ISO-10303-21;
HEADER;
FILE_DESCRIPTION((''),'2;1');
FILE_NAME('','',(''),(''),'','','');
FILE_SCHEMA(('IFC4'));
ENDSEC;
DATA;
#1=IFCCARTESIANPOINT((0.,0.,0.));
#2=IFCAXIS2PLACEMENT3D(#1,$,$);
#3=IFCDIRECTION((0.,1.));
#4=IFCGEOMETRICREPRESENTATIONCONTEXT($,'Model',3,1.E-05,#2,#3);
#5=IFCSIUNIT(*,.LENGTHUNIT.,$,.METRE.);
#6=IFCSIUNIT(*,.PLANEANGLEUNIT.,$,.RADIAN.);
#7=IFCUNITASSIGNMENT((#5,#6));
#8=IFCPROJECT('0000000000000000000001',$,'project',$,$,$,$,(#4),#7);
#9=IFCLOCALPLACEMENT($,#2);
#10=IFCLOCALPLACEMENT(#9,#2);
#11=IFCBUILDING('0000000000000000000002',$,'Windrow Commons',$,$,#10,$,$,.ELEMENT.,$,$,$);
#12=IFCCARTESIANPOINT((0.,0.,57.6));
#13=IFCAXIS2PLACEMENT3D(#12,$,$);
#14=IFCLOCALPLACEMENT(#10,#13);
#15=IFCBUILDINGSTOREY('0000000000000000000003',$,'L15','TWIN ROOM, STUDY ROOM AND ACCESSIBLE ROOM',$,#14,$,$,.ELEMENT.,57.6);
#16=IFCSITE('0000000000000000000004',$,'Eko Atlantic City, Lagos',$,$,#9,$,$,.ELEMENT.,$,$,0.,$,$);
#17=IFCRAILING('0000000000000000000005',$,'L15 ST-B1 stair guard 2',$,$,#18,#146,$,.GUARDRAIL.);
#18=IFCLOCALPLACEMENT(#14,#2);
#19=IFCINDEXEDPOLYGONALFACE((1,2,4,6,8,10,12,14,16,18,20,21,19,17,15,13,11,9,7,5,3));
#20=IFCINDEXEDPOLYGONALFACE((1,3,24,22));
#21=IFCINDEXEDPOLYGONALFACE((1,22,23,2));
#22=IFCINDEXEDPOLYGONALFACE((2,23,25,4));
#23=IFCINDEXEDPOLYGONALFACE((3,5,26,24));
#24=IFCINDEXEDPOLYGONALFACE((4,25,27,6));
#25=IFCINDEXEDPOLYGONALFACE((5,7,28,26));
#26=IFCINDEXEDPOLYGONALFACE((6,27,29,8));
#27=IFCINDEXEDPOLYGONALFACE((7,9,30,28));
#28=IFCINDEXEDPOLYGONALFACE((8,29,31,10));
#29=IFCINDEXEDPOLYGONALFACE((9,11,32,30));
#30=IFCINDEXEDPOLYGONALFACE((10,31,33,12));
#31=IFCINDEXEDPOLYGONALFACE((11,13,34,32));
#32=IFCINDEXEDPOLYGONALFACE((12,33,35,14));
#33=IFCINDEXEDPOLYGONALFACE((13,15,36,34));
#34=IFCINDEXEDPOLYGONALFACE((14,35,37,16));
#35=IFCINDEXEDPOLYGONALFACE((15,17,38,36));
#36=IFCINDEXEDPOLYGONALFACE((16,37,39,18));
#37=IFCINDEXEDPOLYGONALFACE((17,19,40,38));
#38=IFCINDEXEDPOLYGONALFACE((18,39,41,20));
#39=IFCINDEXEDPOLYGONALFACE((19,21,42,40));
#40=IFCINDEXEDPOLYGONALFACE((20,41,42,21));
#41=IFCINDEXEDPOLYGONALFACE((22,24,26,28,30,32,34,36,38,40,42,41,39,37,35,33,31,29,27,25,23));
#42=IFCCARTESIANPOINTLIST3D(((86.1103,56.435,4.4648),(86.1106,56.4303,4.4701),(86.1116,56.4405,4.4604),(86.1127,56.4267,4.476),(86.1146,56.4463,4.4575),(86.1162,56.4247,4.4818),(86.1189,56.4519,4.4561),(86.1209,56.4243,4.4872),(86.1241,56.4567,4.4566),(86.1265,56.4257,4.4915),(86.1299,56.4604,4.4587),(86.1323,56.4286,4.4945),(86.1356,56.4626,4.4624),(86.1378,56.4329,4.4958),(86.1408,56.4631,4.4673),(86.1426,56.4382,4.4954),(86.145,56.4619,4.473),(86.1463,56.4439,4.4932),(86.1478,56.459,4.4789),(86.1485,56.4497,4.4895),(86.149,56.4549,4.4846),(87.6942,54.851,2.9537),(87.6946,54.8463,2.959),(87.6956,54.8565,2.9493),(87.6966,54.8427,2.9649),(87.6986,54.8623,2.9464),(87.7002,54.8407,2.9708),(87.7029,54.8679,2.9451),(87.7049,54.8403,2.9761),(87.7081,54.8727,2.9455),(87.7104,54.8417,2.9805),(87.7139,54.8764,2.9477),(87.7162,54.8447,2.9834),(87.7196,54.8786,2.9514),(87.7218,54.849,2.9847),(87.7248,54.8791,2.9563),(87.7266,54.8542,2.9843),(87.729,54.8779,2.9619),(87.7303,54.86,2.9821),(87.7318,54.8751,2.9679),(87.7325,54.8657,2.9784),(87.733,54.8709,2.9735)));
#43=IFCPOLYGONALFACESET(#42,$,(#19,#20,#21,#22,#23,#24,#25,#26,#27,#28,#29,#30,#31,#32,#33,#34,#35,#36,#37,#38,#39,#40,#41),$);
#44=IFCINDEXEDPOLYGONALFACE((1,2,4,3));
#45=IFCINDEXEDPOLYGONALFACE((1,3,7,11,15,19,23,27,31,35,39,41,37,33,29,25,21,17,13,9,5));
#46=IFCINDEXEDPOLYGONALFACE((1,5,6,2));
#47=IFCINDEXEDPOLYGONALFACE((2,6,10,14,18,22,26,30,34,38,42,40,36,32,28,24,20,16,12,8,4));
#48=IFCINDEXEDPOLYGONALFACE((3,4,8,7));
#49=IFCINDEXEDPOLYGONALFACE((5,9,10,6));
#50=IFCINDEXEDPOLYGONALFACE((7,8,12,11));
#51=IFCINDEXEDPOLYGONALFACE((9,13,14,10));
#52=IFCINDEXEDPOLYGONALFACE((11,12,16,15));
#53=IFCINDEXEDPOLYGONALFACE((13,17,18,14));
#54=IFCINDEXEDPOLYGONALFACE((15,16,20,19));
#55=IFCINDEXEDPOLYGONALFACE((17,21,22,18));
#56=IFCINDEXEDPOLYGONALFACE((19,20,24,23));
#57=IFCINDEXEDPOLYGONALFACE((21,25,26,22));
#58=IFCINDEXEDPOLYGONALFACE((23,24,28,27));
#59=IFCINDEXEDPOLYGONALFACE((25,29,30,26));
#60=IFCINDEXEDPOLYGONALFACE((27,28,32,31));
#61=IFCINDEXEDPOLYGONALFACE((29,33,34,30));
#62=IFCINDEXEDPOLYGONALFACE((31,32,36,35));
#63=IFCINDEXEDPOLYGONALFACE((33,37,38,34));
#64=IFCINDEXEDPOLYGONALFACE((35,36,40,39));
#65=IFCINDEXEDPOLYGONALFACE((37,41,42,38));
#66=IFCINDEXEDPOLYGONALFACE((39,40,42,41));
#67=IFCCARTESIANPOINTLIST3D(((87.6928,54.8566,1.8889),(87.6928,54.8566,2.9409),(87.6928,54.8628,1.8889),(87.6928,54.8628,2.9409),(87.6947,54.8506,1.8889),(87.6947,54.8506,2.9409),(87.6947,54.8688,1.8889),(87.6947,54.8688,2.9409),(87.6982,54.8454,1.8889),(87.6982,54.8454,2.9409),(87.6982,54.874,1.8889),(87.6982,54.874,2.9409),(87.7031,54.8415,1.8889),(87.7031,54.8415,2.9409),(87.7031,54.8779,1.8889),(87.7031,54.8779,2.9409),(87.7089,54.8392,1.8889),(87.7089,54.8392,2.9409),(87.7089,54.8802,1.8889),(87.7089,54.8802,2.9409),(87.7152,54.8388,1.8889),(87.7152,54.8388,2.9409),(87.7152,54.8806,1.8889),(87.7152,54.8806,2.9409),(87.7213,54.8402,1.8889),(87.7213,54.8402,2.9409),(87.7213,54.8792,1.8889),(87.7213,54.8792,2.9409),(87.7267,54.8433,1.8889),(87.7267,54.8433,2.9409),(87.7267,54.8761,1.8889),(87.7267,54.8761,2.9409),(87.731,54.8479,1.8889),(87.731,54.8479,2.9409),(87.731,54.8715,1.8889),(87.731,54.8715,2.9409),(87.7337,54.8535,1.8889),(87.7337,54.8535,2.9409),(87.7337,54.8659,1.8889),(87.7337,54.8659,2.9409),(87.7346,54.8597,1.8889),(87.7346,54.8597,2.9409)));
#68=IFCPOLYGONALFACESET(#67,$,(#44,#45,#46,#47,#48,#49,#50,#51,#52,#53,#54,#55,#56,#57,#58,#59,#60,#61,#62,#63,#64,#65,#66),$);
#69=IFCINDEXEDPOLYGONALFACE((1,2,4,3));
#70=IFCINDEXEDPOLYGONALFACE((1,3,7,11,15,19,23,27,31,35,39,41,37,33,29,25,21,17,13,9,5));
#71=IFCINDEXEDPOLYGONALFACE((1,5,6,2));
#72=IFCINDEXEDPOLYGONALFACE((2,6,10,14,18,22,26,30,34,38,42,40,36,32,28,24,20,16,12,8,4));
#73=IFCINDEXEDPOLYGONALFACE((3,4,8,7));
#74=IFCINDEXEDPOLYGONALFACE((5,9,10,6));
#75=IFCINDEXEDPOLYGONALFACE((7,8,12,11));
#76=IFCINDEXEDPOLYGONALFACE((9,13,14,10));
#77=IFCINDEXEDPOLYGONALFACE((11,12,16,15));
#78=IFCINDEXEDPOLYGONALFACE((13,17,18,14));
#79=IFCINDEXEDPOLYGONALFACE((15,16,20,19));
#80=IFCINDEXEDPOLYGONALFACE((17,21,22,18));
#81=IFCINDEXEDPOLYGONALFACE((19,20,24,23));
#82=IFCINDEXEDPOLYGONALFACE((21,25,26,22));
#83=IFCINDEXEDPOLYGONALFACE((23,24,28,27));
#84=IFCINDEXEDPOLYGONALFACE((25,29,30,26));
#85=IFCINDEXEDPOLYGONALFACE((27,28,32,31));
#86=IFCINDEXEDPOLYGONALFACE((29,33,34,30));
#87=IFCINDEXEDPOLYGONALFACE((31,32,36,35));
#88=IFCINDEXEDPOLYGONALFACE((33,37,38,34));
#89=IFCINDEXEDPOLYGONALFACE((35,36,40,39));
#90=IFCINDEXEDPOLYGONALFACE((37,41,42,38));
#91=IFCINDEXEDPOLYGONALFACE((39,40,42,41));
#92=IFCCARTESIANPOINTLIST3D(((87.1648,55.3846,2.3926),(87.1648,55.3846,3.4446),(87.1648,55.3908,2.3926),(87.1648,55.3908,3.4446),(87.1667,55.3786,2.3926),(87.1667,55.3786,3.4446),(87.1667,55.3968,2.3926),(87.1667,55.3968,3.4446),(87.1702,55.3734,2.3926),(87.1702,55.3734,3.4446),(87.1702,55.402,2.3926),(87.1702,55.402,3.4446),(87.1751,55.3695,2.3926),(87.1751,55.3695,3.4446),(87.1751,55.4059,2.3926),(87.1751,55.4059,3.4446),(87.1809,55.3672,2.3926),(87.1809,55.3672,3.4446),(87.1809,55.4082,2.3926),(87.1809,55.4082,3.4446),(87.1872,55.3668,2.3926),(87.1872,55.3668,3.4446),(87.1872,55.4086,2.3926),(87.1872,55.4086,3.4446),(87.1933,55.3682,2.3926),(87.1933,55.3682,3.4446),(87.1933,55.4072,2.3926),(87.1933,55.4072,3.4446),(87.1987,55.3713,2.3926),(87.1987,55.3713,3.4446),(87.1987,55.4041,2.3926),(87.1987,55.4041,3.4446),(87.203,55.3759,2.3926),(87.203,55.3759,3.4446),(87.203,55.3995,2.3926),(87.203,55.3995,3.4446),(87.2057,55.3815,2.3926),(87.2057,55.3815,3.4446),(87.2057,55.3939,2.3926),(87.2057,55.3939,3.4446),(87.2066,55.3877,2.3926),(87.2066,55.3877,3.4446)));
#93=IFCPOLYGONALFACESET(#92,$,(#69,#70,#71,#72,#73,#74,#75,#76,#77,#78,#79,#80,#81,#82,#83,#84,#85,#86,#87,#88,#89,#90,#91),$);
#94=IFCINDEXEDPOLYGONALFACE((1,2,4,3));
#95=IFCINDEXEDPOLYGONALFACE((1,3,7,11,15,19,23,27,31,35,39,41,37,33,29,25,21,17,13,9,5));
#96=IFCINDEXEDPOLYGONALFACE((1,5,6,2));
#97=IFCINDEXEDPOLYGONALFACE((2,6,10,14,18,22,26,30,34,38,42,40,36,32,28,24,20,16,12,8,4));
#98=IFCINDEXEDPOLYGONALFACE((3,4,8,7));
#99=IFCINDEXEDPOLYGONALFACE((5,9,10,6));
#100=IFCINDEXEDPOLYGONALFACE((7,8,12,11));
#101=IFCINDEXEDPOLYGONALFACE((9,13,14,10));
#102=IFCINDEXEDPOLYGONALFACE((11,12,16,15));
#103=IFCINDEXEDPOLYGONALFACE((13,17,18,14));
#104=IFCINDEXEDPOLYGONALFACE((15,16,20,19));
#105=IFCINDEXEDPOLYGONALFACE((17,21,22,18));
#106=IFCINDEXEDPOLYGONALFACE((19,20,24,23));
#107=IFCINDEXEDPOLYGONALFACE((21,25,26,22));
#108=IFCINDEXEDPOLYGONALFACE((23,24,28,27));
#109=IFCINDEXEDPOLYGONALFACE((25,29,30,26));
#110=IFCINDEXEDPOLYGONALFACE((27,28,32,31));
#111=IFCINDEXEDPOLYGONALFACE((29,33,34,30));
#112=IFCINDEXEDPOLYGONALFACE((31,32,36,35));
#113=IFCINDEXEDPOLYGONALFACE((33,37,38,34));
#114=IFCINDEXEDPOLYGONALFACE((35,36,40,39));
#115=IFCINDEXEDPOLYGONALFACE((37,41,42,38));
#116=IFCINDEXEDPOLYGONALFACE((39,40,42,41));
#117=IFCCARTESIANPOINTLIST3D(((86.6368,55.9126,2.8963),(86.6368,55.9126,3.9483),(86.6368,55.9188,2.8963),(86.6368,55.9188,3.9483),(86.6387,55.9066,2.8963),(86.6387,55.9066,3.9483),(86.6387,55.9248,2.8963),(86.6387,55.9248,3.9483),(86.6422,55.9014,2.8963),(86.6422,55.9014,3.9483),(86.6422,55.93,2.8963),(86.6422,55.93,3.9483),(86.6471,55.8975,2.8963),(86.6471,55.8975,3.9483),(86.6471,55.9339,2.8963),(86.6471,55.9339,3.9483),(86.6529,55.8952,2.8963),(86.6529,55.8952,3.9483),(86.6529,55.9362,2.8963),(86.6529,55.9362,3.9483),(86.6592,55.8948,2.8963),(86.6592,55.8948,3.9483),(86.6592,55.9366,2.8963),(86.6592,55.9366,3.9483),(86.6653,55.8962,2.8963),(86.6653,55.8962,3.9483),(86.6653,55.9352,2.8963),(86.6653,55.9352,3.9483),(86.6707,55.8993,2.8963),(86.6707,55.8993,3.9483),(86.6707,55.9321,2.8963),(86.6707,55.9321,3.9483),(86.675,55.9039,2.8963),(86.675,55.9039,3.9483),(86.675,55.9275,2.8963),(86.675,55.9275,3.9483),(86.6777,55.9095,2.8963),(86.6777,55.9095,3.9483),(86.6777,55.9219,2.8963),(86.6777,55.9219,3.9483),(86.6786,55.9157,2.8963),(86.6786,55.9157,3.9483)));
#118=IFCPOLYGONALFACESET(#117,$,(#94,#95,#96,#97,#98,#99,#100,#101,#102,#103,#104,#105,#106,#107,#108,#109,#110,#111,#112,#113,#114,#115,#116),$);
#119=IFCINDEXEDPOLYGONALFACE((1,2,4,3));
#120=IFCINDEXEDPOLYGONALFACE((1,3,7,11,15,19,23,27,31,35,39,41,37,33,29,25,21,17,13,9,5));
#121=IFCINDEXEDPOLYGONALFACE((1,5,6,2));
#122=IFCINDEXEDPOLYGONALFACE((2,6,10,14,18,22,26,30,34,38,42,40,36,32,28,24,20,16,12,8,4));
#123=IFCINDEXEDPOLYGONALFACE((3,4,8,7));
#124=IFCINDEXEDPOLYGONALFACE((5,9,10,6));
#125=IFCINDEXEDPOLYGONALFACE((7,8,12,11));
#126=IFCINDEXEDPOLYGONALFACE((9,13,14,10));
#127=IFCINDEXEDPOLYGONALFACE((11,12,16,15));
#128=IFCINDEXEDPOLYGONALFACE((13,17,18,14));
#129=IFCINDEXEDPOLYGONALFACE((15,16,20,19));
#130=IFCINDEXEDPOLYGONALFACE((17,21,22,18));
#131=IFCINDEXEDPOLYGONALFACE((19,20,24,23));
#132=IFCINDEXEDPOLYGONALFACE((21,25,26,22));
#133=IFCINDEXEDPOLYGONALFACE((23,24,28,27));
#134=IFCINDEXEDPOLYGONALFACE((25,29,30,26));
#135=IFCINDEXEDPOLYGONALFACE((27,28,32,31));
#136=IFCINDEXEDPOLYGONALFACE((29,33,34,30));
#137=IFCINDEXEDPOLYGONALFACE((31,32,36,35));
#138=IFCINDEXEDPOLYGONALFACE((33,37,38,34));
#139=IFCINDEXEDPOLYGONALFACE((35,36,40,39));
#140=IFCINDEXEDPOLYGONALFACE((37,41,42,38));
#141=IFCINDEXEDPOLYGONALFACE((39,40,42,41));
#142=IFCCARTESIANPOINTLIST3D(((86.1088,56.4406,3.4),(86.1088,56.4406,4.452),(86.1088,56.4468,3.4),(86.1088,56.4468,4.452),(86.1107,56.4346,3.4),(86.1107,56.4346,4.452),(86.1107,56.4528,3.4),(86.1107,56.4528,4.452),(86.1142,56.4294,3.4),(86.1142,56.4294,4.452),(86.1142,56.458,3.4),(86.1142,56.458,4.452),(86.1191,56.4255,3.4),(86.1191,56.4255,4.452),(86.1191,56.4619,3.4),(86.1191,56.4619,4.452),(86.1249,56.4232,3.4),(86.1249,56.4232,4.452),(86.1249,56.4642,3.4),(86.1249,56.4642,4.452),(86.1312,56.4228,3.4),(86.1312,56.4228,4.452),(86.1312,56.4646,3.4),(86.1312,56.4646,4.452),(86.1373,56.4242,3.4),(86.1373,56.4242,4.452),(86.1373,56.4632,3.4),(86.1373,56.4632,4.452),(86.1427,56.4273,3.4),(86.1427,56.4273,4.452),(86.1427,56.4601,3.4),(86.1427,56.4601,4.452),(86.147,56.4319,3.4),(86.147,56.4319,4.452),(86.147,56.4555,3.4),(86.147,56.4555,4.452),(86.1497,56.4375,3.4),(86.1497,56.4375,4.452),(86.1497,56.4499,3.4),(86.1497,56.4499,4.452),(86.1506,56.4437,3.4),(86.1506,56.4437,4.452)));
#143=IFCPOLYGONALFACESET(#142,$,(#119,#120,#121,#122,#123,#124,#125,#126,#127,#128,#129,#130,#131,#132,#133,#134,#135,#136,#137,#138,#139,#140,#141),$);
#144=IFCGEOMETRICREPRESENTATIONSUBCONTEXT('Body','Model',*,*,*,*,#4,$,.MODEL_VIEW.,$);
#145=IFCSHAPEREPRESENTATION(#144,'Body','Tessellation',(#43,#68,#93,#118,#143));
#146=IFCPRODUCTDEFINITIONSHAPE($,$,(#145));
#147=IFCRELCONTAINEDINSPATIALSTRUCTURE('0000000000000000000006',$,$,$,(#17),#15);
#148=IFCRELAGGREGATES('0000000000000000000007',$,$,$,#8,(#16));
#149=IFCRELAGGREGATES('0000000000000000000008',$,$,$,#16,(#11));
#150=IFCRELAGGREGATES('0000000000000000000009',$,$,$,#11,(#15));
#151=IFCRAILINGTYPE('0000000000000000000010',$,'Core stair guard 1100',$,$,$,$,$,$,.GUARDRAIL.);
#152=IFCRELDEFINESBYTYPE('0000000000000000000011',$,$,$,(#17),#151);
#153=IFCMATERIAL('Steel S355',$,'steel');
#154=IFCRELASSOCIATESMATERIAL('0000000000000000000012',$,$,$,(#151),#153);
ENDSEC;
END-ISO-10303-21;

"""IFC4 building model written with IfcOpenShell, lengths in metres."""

from ifc_helpers import new_model, si_unit, direction, frame, origin, origin_2d, place, context, subcontext, project, spatial, circle, extrude, material, type_object, element, save


model = new_model("IFC4")

# Units and contexts
model_context = context("Model", 3, precision=1e-05, world=origin(), true_north=direction((0.0, 1.0)))
body_context = subcontext(model_context, "Body", "Model", "MODEL_VIEW")
ifc_project = project(units=[si_unit("LENGTHUNIT", "METRE"), si_unit("PLANEANGLEUNIT", "RADIAN")], contexts=[model_context])

# Site, building, storey
site_placement = place(None, origin())
site = spatial("IfcSite", under=ifc_project, at=site_placement, Name="Eko Atlantic City, Lagos", CompositionType="ELEMENT", RefElevation=0.0)
building_placement = place(site_placement, origin())
building = spatial("IfcBuilding", under=site, at=building_placement, Name="Windrow Commons", CompositionType="ELEMENT")
storey_placement = place(building_placement, frame((0.0, 0.0, 57.6)))
storey = spatial("IfcBuildingStorey", under=building, at=storey_placement, Name="L15", Description="TWIN ROOM, STUDY ROOM AND ACCESSIBLE ROOM", CompositionType="ELEMENT", Elevation=57.6)

# Railing
ifc_material_1 = material(Name="Steel S355", Category="steel")
railing_type_1 = type_object("IfcRailingType", Name="Core stair guard 1100", PredefinedType="GUARDRAIL", material=ifc_material_1)
railing_1_placement = place(storey_placement, frame((87.7136, 54.8597, 1.8889)))
element("IfcRailing", 1, at=railing_1_placement, inside=storey, type_object=railing_type_1, Name="L15 ST-B1 stair guard 2", PredefinedType="GUARDRAIL", context=body_context, shape_type="SweptSolid", body=[
    extrude(circle(Radius=0.024, at=origin_2d()), frame((0.0, 0.0, 1.076), z_axis=(-0.586203, 0.586203, 0.559224), x_axis=(-0.707107, -0.707107, 0.0)), (0.0, 0.0, 1.0), 2.7021),
    extrude(circle(Radius=0.021, at=origin_2d()), origin(), (0.0, 0.0, 1.0), 1.052),
    extrude(circle(Radius=0.021, at=origin_2d()), frame((-0.528, 0.528, 0.5037)), (0.0, 0.0, 1.0), 1.052),
    extrude(circle(Radius=0.021, at=origin_2d()), frame((-1.056, 1.056, 1.0074)), (0.0, 0.0, 1.0), 1.052),
    extrude(circle(Radius=0.021, at=origin_2d()), frame((-1.584, 1.584, 1.5111)), (0.0, 0.0, 1.0), 1.052),
])

save(model, "model.ifc")
